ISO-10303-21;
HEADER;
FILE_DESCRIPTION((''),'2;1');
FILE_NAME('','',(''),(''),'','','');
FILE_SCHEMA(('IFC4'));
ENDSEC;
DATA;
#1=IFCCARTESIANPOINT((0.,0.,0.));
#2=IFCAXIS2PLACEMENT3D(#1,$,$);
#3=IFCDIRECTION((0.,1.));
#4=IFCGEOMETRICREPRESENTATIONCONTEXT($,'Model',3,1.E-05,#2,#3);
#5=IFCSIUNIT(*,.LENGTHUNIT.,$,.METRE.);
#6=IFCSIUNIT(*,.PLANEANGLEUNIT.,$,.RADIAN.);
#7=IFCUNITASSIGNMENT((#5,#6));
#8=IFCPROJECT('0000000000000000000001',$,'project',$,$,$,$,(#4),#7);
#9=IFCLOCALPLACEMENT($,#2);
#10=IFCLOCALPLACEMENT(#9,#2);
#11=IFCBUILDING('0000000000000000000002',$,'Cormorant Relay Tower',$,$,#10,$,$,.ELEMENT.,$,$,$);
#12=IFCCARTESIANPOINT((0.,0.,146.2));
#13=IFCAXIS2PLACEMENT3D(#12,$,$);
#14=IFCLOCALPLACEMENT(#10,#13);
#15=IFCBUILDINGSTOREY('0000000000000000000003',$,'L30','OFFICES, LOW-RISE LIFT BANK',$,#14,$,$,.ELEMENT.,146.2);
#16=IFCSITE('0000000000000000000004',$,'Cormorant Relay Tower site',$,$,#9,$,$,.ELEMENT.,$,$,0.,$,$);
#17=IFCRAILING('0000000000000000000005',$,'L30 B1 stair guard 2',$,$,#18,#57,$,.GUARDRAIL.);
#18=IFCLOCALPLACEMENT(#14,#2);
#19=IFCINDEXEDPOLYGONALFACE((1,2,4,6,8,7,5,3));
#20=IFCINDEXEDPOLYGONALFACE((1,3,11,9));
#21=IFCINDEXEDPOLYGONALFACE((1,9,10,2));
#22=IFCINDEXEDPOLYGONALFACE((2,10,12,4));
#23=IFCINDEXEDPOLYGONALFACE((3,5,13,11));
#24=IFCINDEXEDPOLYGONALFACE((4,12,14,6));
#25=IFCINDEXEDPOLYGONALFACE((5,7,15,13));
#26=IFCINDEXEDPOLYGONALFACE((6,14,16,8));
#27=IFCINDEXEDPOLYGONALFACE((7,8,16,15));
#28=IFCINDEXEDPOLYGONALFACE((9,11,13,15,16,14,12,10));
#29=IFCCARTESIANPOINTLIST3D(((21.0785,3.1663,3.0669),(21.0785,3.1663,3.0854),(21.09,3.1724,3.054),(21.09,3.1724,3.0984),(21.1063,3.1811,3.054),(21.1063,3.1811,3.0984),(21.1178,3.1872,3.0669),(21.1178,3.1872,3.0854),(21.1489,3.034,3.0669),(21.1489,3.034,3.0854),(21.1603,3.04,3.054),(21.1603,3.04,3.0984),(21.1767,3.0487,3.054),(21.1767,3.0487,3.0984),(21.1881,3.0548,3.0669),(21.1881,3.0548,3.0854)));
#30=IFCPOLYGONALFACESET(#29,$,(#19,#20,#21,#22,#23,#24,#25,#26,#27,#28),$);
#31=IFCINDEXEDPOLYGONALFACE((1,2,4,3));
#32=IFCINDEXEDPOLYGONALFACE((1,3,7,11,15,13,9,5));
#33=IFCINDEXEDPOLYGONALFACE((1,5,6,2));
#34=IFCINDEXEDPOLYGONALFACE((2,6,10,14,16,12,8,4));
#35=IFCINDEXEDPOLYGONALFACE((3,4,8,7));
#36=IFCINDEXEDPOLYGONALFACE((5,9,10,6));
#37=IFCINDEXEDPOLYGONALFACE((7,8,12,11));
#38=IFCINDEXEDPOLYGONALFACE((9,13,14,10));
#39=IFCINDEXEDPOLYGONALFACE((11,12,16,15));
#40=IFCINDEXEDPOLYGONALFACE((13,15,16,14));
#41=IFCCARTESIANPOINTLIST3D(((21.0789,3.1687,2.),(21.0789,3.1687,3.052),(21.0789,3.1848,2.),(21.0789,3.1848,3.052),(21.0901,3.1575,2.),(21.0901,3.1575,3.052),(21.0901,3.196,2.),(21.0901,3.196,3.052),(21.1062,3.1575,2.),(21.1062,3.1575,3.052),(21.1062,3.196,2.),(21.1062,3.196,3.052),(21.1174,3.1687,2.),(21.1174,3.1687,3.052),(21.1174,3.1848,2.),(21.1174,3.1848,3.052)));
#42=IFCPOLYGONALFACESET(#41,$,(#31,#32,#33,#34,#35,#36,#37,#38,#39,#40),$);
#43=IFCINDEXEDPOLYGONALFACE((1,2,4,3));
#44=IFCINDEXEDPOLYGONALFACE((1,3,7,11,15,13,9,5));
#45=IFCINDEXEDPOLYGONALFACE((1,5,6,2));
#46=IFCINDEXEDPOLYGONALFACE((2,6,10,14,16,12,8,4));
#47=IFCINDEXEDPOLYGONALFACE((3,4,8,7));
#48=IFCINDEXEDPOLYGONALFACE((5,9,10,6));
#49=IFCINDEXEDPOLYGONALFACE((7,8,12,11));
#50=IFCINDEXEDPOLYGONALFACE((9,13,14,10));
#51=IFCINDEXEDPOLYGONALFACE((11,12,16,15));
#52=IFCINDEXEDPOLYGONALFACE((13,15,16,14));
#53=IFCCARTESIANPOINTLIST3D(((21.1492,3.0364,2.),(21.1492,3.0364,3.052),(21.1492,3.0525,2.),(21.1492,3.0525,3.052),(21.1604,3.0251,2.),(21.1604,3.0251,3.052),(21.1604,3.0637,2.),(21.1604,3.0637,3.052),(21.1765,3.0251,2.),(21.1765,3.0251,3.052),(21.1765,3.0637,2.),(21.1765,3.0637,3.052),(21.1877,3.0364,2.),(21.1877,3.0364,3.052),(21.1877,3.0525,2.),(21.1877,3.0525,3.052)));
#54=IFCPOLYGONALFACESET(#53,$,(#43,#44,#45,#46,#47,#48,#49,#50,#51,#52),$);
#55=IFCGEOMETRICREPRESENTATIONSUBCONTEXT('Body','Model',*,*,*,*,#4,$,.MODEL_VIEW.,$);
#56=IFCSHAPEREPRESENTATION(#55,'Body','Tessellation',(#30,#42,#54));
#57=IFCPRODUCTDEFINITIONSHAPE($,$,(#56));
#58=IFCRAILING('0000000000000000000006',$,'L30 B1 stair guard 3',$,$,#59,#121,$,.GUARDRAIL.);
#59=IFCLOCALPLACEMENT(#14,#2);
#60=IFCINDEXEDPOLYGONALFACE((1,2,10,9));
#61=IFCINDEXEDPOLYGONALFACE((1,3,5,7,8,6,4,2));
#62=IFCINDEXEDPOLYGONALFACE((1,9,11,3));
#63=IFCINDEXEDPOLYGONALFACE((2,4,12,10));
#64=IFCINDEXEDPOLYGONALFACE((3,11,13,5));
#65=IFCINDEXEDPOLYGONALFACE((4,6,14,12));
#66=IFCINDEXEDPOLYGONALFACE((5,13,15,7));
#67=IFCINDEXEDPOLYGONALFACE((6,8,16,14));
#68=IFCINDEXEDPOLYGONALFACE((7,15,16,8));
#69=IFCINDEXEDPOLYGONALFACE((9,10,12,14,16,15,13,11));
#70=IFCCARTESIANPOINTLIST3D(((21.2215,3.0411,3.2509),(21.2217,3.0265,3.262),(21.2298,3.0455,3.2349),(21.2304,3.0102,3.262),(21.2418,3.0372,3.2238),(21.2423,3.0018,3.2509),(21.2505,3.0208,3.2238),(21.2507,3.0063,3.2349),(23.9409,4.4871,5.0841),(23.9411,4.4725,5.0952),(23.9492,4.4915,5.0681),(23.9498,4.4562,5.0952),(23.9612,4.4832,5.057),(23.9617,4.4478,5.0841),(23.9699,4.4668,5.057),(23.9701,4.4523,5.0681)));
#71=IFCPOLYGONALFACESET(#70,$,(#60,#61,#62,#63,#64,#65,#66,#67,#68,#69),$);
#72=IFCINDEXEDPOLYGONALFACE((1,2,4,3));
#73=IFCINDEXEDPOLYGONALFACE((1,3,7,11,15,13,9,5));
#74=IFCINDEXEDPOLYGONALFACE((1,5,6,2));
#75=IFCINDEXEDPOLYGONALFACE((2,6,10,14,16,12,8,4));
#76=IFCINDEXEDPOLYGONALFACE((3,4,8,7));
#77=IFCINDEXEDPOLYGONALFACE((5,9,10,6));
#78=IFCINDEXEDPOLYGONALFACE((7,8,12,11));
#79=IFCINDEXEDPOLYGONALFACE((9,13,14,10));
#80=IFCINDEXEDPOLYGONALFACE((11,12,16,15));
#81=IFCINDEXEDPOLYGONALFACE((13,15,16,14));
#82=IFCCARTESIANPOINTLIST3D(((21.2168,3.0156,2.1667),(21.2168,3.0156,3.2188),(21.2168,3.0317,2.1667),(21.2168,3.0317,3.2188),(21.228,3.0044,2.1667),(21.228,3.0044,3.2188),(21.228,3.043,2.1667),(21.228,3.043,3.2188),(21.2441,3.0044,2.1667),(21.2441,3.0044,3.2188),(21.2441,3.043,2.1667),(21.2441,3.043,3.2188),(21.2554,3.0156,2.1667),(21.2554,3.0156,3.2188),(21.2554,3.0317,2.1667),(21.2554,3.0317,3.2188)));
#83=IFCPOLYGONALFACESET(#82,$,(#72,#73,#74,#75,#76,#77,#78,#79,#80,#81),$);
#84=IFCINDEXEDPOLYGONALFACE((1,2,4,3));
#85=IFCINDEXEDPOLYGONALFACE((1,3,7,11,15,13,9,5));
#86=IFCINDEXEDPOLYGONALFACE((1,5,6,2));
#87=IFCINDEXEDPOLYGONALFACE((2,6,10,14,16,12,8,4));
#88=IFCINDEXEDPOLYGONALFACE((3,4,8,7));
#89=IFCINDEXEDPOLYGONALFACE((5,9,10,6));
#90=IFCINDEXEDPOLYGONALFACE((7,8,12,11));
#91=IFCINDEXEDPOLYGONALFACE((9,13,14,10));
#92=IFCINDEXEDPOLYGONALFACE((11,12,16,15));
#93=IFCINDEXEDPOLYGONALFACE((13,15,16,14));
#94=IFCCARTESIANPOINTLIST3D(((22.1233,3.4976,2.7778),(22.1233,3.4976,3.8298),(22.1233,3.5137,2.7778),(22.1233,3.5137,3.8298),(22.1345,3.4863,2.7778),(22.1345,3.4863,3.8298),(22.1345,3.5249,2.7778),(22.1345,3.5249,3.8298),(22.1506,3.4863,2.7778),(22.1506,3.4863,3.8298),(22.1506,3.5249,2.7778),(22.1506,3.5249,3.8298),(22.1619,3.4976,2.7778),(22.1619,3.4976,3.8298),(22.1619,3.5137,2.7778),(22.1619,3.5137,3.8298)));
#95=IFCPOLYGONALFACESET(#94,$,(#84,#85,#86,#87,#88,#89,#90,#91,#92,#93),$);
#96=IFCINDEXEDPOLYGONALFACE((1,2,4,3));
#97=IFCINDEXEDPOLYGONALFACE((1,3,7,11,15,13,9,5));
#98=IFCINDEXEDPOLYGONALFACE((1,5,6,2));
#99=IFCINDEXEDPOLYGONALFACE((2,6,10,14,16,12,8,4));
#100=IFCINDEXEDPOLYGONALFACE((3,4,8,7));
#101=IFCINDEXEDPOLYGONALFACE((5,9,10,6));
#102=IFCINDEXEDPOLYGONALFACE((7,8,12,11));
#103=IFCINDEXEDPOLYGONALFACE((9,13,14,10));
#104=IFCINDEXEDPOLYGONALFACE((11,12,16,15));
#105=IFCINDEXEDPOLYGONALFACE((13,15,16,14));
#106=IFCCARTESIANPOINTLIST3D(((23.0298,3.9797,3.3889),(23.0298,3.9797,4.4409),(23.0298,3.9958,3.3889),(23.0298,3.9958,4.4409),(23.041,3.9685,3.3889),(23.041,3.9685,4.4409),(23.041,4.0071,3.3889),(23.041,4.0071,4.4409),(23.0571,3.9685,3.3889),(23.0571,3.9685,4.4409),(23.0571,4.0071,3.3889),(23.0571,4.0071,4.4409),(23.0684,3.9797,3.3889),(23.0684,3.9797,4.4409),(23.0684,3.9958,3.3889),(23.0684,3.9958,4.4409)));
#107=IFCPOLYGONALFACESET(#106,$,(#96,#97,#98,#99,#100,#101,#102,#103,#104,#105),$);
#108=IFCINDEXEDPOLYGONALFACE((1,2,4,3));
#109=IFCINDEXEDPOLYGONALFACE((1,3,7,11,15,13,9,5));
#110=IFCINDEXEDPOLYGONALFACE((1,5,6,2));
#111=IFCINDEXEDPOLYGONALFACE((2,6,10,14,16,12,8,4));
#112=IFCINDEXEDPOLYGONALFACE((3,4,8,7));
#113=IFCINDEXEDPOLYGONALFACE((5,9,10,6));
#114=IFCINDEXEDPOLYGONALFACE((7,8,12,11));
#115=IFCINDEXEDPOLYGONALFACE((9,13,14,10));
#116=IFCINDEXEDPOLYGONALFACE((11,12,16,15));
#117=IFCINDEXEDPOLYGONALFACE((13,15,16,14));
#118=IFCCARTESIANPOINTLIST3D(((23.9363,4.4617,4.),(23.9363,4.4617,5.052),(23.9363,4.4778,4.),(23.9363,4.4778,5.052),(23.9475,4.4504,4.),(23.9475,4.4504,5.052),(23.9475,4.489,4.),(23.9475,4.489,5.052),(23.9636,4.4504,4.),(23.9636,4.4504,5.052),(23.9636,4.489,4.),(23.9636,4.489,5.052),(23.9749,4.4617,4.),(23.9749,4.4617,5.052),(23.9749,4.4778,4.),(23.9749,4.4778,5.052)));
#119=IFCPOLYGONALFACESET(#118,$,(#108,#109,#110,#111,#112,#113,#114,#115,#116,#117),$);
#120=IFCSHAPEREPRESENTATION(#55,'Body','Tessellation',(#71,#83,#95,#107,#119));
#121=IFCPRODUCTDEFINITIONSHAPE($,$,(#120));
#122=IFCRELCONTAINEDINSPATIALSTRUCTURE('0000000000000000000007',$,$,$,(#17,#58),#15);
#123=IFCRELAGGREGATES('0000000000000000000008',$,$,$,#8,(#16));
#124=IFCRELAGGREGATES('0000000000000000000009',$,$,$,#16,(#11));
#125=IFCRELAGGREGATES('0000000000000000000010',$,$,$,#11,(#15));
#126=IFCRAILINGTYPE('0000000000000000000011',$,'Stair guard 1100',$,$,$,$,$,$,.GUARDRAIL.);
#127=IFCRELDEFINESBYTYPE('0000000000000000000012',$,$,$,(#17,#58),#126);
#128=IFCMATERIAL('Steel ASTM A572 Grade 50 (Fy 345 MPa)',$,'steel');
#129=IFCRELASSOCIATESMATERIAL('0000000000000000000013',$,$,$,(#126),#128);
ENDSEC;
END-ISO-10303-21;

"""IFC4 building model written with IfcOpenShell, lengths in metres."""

from ifc_helpers import new_model, si_unit, direction, frame, origin, place, context, subcontext, project, spatial, polyline, outline, extrude, material, type_object, element, save


model = new_model("IFC4")

# Units and contexts
model_context = context("Model", 3, precision=1e-05, world=origin(), true_north=direction((0.0, 1.0)))
body_context = subcontext(model_context, "Body", "Model", "MODEL_VIEW")
ifc_project = project(units=[si_unit("LENGTHUNIT", "METRE"), si_unit("PLANEANGLEUNIT", "RADIAN")], contexts=[model_context])

# Site, building, storey
site_placement = place(None, origin())
site = spatial("IfcSite", under=ifc_project, at=site_placement, Name="Cormorant Relay Tower site", CompositionType="ELEMENT", RefElevation=0.0)
building_placement = place(site_placement, origin())
building = spatial("IfcBuilding", under=site, at=building_placement, Name="Cormorant Relay Tower", CompositionType="ELEMENT")
storey_placement = place(building_placement, frame((0.0, 0.0, 146.2)))
storey = spatial("IfcBuildingStorey", under=building, at=storey_placement, Name="L30", Description="OFFICES, LOW-RISE LIFT BANK", CompositionType="ELEMENT", Elevation=146.2)

# Railings
ifc_material_1 = material(Name="Steel ASTM A572 Grade 50 (Fy 345 MPa)", Category="steel")
railing_type = type_object("IfcRailingType", Name="Stair guard 1100", PredefinedType="GUARDRAIL", material=ifc_material_1)
railing_1_placement = place(storey_placement, frame((21.0981, 3.1768, 2.0)))
element("IfcRailing", 1, at=railing_1_placement, inside=storey, type_object=railing_type, Name="L30 B1 stair guard 2", PredefinedType="GUARDRAIL", context=body_context, shape_type="SweptSolid", body=[
    extrude(outline(polyline([(0.0222, 0.0093), (0.0093, 0.0222), (-0.0093, 0.0222), (-0.0222, 0.0093), (-0.0222, -0.0093), (-0.0093, -0.0222), (0.0093, -0.0222), (0.0222, -0.0093), (0.0222, 0.0093)])), frame((0.0, 0.0, 1.0762), z_axis=(0.469235, -0.883074, 0.0), x_axis=(0.883074, 0.469235, 0.0)), (0.0, 0.0, 1.0), 0.1499),
    extrude(outline(polyline([(0.0193, 0.0081), (0.0081, 0.0193), (-0.0081, 0.0193), (-0.0193, 0.0081), (-0.0193, -0.0081), (-0.0081, -0.0193), (0.0081, -0.0193), (0.0193, -0.0081), (0.0193, 0.0081)])), origin(), (0.0, 0.0, 1.0), 1.052),
    extrude(outline(polyline([(0.0193, 0.0081), (0.0081, 0.0193), (-0.0081, 0.0193), (-0.0193, 0.0081), (-0.0193, -0.0081), (-0.0081, -0.0193), (0.0081, -0.0193), (0.0193, -0.0081), (0.0193, 0.0081)])), frame((0.0703, -0.1323, 0.0)), (0.0, 0.0, 1.0), 1.052),
])
railing_2_placement = place(storey_placement, frame((21.2361, 3.0237, 2.1667)))
element("IfcRailing", 2, at=railing_2_placement, inside=storey, type_object=railing_type, Name="L30 B1 stair guard 3", PredefinedType="GUARDRAIL", context=body_context, shape_type="SweptSolid", body=[
    extrude(outline(polyline([(0.0222, 0.0093), (0.0093, 0.0222), (-0.0093, 0.0222), (-0.0222, 0.0093), (-0.0222, -0.0093), (-0.0093, -0.0222), (0.0093, -0.0222), (0.0222, -0.0093), (0.0222, 0.0093)])), frame((0.0, 0.0, 1.0762), z_axis=(0.758714, 0.403435, 0.511463), x_axis=(-0.469489, 0.882938, 0.0)), (0.0, 0.0, 1.0), 3.5842),
    extrude(outline(polyline([(0.0193, 0.0081), (0.0081, 0.0193), (-0.0081, 0.0193), (-0.0193, 0.0081), (-0.0193, -0.0081), (-0.0081, -0.0193), (0.0081, -0.0193), (0.0193, -0.0081), (0.0193, 0.0081)])), origin(), (0.0, 0.0, 1.0), 1.052),
    extrude(outline(polyline([(0.0193, 0.0081), (0.0081, 0.0193), (-0.0081, 0.0193), (-0.0193, 0.0081), (-0.0193, -0.0081), (-0.0081, -0.0193), (0.0081, -0.0193), (0.0193, -0.0081), (0.0193, 0.0081)])), frame((0.9065, 0.4819, 0.6111)), (0.0, 0.0, 1.0), 1.052),
    extrude(outline(polyline([(0.0193, 0.0081), (0.0081, 0.0193), (-0.0081, 0.0193), (-0.0193, 0.0081), (-0.0193, -0.0081), (-0.0081, -0.0193), (0.0081, -0.0193), (0.0193, -0.0081), (0.0193, 0.0081)])), frame((1.813, 0.9641, 1.2222)), (0.0, 0.0, 1.0), 1.052),
    extrude(outline(polyline([(0.0193, 0.0081), (0.0081, 0.0193), (-0.0081, 0.0193), (-0.0193, 0.0081), (-0.0193, -0.0081), (-0.0081, -0.0193), (0.0081, -0.0193), (0.0193, -0.0081), (0.0193, 0.0081)])), frame((2.7195, 1.446, 1.8333)), (0.0, 0.0, 1.0), 1.052),
])

save(model, "model.ifc")
